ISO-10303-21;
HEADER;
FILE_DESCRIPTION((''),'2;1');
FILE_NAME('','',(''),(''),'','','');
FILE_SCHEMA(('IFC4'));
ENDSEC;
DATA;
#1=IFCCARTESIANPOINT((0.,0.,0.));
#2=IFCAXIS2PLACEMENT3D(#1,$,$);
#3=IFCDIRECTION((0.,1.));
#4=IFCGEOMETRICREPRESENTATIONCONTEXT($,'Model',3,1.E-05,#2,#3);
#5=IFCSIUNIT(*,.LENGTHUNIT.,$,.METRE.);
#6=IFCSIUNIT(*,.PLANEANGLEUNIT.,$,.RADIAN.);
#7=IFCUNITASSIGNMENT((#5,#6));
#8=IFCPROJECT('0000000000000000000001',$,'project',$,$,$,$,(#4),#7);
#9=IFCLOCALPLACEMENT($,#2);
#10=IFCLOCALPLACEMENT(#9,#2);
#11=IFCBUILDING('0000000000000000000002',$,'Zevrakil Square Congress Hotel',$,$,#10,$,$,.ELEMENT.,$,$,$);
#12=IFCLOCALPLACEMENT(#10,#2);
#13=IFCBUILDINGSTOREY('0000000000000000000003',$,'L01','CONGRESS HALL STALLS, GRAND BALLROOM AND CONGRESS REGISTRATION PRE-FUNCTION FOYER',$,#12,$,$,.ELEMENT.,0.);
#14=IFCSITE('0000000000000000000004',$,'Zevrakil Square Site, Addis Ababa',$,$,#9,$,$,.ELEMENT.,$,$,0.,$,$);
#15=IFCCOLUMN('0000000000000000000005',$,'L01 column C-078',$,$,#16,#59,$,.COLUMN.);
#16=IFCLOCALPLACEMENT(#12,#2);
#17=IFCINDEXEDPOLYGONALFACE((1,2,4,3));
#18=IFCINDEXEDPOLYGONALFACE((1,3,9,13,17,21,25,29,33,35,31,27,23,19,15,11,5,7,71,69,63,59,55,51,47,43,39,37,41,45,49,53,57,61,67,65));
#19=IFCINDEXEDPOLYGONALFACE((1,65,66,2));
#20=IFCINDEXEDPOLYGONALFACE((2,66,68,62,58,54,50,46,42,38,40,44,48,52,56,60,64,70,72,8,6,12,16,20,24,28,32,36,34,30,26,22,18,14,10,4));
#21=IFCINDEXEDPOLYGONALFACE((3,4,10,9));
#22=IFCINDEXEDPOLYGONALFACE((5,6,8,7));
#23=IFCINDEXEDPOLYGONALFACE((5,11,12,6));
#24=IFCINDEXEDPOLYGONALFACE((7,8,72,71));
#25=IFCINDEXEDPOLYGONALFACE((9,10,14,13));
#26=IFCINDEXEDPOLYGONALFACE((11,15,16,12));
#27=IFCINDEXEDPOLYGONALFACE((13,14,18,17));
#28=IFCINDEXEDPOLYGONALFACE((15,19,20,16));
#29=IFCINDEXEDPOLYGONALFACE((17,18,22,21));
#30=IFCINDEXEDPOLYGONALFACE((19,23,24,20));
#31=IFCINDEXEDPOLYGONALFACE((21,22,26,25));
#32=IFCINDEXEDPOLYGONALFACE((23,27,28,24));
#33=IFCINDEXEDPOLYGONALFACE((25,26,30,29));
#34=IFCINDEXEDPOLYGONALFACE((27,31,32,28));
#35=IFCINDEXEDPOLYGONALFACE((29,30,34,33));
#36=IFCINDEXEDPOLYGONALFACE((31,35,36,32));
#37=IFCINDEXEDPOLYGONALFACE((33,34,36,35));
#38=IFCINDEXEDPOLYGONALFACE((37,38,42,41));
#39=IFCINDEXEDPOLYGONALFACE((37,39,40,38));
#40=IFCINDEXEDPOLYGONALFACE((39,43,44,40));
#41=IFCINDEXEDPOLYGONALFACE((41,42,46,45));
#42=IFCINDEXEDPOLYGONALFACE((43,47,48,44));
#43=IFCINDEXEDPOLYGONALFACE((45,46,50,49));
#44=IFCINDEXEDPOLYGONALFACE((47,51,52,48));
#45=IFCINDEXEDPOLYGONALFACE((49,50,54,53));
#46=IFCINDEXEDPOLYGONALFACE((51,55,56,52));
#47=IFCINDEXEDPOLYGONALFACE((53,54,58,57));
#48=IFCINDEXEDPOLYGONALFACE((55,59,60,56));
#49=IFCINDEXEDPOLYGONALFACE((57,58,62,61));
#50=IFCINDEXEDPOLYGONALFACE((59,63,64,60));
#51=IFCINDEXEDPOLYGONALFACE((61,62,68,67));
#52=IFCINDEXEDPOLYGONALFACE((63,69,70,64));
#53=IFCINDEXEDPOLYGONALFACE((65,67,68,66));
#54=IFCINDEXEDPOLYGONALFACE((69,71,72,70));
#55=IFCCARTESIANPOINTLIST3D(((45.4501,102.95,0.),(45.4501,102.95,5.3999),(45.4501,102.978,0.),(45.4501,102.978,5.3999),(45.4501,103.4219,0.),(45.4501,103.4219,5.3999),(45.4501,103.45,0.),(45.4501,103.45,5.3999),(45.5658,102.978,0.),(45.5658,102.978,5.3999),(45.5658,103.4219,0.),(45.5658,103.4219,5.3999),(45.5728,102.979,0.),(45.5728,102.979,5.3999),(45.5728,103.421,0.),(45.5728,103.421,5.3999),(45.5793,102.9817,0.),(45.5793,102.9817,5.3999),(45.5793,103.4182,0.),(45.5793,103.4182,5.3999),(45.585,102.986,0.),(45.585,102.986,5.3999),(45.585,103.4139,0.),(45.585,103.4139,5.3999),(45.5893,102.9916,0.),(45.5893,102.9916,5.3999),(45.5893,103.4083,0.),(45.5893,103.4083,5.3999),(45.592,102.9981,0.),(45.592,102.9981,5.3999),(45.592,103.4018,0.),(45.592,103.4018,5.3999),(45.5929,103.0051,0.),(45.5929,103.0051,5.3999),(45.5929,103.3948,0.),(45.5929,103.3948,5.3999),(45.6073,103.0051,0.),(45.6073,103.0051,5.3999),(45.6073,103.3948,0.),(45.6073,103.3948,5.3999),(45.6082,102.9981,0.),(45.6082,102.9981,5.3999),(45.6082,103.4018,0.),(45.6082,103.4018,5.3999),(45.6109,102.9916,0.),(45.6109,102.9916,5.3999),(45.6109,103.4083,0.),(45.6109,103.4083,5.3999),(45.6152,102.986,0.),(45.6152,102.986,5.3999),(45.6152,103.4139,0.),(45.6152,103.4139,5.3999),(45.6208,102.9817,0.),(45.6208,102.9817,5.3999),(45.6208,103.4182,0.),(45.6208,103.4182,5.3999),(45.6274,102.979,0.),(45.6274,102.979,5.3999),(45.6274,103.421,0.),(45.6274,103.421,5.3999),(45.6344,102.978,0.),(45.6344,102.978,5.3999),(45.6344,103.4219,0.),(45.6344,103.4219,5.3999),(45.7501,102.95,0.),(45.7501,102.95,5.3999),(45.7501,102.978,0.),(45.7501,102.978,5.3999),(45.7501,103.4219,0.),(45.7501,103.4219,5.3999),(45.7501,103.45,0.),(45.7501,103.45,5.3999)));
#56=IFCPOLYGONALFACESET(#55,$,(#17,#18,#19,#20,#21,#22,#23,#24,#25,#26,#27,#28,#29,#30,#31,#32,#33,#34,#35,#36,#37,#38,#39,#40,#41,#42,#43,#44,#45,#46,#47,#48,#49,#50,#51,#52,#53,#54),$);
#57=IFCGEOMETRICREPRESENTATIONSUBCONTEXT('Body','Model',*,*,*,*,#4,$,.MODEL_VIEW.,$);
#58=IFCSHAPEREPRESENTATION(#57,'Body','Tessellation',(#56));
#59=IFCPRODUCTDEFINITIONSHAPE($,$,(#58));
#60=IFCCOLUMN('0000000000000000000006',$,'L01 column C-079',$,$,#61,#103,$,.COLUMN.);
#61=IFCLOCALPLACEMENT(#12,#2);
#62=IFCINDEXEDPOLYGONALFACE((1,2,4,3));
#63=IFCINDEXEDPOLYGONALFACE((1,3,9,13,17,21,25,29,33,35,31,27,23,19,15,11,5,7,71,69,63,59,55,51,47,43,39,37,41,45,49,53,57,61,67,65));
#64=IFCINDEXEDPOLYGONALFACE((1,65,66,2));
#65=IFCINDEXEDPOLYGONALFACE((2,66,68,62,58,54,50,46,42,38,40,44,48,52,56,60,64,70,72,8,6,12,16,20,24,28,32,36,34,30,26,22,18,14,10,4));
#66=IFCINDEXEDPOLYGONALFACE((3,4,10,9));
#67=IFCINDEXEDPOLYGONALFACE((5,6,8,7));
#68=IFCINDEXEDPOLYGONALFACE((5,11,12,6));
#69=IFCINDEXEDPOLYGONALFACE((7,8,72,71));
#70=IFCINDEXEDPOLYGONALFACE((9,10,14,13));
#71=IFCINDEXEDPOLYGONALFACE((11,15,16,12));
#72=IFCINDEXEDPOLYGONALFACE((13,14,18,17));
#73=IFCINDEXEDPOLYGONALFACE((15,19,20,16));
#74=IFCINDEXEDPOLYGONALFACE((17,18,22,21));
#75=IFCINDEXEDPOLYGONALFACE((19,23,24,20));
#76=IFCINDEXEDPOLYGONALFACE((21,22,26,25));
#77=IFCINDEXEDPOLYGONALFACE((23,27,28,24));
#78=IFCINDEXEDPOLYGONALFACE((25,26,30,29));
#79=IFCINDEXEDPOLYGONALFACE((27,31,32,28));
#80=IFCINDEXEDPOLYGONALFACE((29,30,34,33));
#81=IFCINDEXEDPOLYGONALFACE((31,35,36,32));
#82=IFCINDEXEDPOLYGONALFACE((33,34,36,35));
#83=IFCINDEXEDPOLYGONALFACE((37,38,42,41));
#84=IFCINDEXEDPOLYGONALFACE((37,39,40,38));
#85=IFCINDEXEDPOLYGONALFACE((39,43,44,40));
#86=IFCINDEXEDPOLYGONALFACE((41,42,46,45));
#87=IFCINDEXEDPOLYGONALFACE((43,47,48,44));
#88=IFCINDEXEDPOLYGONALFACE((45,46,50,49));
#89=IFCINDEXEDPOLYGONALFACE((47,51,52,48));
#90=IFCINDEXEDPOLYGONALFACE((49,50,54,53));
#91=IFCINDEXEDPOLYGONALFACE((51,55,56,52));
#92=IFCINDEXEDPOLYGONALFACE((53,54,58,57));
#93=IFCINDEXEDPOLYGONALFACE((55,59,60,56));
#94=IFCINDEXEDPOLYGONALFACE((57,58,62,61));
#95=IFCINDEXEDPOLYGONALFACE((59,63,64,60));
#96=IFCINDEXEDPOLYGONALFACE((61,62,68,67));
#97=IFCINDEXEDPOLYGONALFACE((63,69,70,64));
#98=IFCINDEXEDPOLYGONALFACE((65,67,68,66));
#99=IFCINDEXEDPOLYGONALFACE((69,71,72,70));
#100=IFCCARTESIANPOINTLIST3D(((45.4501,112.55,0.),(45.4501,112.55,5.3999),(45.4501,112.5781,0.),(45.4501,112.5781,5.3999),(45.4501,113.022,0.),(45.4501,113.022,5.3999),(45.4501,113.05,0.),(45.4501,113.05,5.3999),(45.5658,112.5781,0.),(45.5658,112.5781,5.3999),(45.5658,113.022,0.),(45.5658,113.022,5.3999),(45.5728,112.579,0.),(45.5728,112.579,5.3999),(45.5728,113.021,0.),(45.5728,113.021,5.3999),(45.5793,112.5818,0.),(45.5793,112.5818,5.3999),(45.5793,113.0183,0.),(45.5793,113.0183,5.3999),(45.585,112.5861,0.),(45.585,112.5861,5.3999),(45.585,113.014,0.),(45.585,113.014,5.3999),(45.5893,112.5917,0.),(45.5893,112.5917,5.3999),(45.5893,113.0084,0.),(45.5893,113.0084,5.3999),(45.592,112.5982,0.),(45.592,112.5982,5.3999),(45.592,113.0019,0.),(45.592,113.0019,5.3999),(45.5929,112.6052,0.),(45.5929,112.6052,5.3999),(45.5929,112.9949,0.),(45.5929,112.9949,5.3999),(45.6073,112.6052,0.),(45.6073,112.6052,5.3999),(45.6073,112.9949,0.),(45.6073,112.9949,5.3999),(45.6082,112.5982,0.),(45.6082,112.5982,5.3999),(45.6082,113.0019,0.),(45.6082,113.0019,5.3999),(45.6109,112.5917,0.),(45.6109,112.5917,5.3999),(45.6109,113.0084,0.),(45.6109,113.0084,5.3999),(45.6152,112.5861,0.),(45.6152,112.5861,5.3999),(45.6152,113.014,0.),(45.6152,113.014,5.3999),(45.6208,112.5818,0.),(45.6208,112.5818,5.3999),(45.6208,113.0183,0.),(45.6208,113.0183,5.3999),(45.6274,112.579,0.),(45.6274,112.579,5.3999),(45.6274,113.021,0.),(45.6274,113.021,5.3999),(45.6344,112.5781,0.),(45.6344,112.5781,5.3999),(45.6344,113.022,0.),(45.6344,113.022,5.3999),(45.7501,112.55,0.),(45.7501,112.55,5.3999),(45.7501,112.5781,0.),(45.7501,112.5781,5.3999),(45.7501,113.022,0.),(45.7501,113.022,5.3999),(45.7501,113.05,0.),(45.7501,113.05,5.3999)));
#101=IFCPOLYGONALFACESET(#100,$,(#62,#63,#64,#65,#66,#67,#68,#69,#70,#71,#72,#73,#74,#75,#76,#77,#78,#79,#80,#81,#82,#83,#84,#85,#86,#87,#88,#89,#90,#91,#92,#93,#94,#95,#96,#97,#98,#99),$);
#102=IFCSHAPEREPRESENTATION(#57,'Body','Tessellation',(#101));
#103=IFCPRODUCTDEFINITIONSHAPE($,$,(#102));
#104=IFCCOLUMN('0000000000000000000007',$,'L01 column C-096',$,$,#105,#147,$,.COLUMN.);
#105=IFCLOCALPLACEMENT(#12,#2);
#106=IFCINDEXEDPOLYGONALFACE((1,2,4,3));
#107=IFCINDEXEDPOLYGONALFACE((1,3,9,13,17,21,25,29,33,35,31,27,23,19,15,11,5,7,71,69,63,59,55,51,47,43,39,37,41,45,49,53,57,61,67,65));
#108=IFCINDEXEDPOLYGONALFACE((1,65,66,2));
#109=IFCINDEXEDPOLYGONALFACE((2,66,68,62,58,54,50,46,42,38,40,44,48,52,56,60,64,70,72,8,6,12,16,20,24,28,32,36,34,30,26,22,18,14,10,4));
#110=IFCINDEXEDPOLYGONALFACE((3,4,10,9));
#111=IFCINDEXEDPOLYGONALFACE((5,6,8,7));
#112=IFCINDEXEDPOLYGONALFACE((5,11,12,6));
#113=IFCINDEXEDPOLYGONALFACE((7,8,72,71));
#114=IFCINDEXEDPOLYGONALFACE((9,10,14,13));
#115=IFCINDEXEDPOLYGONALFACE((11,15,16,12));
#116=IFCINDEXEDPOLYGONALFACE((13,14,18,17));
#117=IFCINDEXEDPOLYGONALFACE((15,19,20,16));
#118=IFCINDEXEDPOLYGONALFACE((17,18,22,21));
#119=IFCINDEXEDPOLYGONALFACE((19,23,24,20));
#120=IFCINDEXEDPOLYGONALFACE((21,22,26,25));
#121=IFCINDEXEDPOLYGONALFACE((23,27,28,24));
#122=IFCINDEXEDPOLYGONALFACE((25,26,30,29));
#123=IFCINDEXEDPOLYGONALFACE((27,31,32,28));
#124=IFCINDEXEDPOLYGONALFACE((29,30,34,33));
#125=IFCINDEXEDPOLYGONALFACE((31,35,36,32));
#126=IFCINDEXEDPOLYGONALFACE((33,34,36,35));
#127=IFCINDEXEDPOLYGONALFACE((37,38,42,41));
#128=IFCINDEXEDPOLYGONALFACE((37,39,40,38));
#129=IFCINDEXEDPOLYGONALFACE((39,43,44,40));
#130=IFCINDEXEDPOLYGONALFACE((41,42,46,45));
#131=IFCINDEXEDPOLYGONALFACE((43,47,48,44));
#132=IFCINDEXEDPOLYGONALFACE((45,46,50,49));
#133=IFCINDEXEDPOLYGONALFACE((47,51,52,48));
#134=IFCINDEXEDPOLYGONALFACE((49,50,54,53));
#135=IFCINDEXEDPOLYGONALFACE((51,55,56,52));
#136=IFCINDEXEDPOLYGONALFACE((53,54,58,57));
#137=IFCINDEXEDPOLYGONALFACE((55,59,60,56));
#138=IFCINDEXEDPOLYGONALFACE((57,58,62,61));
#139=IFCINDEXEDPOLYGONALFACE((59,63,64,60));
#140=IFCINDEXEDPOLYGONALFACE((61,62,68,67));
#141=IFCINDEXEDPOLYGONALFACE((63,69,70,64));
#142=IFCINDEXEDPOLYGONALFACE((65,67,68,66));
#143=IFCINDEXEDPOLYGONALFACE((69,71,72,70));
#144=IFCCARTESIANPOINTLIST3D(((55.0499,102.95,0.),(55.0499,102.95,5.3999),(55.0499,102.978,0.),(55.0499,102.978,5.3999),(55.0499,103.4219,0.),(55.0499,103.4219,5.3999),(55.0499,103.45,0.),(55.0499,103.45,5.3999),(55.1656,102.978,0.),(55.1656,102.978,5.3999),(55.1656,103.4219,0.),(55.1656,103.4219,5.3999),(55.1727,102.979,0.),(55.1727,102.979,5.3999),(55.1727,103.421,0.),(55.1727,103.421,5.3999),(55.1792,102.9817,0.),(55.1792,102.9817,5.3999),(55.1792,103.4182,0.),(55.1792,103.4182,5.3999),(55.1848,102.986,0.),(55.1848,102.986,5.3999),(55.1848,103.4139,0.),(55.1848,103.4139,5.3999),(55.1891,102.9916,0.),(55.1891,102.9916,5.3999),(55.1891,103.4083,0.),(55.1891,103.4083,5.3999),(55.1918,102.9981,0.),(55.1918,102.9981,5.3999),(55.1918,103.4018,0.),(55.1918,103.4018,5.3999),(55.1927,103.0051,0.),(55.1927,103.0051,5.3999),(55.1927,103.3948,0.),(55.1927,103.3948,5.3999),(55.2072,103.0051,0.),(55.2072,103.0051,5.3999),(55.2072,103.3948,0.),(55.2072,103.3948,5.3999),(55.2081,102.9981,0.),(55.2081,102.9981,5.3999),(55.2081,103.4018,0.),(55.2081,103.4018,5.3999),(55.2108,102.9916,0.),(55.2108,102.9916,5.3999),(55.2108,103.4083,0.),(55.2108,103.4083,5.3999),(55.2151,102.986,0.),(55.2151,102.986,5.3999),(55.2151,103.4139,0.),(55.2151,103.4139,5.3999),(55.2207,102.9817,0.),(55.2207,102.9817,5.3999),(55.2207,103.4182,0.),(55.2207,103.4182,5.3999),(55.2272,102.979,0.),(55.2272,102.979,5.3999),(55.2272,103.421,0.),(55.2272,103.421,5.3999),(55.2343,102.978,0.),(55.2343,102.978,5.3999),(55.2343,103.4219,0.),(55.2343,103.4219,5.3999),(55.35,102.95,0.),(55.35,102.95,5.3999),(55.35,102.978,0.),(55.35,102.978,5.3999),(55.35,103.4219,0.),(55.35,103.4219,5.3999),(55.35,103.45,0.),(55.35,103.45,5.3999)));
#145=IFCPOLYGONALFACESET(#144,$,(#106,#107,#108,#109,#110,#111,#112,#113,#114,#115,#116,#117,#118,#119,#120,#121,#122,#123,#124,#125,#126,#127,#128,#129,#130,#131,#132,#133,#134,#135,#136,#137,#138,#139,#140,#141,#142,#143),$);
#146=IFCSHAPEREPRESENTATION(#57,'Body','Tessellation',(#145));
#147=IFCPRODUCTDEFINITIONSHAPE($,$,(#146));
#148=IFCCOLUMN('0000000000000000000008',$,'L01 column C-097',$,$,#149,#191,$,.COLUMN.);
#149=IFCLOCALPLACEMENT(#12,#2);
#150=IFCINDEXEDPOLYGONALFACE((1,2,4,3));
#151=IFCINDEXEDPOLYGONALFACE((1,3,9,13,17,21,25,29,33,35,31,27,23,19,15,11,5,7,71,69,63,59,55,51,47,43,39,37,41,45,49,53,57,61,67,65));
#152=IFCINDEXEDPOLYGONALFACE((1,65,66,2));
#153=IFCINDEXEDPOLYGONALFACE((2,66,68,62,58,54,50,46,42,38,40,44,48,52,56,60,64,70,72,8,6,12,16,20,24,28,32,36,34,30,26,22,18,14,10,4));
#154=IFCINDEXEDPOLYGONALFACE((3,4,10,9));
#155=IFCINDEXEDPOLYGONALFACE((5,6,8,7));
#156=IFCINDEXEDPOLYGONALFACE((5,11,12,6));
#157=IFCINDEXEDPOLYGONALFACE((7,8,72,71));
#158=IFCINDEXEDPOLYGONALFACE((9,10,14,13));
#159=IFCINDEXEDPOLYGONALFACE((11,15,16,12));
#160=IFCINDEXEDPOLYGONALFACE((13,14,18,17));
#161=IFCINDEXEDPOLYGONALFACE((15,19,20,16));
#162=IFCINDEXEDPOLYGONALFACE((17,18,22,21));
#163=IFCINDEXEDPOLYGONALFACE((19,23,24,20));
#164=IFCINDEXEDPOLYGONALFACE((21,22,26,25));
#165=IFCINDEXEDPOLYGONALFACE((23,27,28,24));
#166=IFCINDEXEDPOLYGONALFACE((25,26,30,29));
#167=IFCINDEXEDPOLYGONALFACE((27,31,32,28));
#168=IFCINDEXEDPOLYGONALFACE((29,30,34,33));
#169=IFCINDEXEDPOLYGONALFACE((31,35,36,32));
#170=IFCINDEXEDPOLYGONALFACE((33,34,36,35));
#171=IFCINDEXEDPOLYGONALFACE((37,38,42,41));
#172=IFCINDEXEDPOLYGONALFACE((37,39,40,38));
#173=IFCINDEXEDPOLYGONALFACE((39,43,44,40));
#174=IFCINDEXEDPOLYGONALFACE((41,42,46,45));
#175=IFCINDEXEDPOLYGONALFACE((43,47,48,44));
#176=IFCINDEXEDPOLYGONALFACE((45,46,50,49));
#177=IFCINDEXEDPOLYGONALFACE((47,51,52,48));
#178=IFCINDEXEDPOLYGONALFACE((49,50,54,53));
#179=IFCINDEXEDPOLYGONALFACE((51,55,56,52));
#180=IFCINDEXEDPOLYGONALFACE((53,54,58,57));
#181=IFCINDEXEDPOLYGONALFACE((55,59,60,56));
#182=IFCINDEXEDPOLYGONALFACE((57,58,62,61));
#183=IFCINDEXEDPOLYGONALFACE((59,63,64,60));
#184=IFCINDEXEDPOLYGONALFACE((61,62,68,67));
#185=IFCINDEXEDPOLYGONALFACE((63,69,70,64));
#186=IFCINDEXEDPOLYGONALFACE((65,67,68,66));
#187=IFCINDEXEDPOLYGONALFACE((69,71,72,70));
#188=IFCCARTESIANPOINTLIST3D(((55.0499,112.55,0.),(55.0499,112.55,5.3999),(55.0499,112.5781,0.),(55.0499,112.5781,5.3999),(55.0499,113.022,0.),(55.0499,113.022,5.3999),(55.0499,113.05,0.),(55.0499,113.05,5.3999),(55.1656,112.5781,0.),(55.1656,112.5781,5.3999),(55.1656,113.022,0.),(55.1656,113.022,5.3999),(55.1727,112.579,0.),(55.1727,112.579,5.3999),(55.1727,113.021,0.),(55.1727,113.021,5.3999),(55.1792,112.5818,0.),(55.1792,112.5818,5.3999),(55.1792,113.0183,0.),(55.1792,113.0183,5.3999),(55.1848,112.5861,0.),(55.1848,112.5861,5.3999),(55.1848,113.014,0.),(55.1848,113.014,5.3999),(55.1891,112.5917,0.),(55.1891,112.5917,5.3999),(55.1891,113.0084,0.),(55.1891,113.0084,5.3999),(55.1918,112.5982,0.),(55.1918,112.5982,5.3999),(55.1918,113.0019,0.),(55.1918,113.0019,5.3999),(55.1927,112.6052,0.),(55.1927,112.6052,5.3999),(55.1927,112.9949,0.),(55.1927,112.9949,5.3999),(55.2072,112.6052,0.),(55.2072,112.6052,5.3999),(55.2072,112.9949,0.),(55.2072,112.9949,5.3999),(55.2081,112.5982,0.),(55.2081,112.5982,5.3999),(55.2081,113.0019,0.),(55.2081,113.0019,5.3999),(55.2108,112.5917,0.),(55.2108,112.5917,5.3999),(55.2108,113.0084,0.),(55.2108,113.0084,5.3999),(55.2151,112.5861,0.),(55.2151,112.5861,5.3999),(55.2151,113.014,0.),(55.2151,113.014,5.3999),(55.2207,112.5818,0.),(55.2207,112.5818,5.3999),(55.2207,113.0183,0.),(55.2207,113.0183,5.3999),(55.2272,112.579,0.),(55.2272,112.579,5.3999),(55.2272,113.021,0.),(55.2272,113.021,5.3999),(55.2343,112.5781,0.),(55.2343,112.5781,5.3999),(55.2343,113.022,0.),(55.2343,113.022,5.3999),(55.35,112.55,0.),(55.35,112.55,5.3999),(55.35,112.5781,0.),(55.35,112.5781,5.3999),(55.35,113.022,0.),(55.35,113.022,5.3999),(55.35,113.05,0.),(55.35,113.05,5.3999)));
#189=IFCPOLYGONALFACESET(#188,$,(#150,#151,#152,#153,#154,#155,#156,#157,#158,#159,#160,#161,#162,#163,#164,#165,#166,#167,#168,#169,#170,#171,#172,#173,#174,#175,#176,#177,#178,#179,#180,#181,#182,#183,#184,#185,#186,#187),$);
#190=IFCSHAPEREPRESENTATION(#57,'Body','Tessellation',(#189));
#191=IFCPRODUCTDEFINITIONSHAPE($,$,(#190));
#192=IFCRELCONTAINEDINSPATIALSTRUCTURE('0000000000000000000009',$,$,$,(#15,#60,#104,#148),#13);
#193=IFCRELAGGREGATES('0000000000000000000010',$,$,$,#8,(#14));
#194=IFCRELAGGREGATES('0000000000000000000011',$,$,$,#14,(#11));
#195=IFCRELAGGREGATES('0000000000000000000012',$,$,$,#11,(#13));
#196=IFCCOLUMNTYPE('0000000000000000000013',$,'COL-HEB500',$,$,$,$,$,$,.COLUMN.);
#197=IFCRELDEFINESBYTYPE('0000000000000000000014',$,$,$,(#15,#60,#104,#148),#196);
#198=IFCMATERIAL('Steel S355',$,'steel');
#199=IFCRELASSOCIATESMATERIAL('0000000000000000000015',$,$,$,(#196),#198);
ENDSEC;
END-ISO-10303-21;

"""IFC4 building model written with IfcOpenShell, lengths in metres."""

from ifc_helpers import new_model, si_unit, direction, frame, origin, origin_2d, place, context, subcontext, project, spatial, i_section, extrude, material, material_profile, profile_set, type_object, element, save


model = new_model("IFC4")

# Units and contexts
model_context = context("Model", 3, precision=1e-05, world=origin(), true_north=direction((0.0, 1.0)))
body_context = subcontext(model_context, "Body", "Model", "MODEL_VIEW")
ifc_project = project(units=[si_unit("LENGTHUNIT", "METRE"), si_unit("PLANEANGLEUNIT", "RADIAN")], contexts=[model_context])

# Site, building, storey
site_placement = place(None, origin())
site = spatial("IfcSite", under=ifc_project, at=site_placement, Name="Zevrakil Square Site, Addis Ababa", CompositionType="ELEMENT", RefElevation=0.0)
building_placement = place(site_placement, origin())
building = spatial("IfcBuilding", under=site, at=building_placement, Name="Zevrakil Square Congress Hotel", CompositionType="ELEMENT")
storey_placement = place(building_placement, origin())
storey = spatial("IfcBuildingStorey", under=building, at=storey_placement, Name="L01", Description="CONGRESS HALL STALLS, GRAND BALLROOM AND CONGRESS REGISTRATION PRE-FUNCTION FOYER", CompositionType="ELEMENT", Elevation=0.0)

# Columns
ifc_material_1 = material(Name="Steel S355", Category="steel")
ifc_material_profile_1 = material_profile(ifc_material_1, i_section(OverallWidth=0.3, OverallDepth=0.5, WebThickness=0.0144, FlangeThickness=0.0281, FilletRadius=0.0271, at=origin_2d()), Name="HEB 500")
ifc_profile_set_1 = profile_set([ifc_material_profile_1], Name="Steel S355")
column_type = type_object("IfcColumnType", Name="COL-HEB500", PredefinedType="COLUMN", material=ifc_profile_set_1)
for number, where, z_axis, x_axis, name in (
    (1, (45.6001, 103.2, 0.0), (0.0, 0.0, 1.0), (1.0, 0.0, 0.0), "L01 column C-078"),
    (2, (45.6001, 112.8, 0.0), (0.0, 0.0, 1.0), (1.0, 0.0, 0.0), "L01 column C-079"),
    (3, (55.2, 103.2, 0.0), (0.0, 0.0, 1.0), (1.0, 0.0, 0.0), "L01 column C-096"),
    (4, (55.2, 112.8, 0.0), (0.0, 0.0, 1.0), (1.0, 0.0, 0.0), "L01 column C-097"),
):
    element("IfcColumn", number, at=place(storey_placement, frame(where, z_axis=z_axis, x_axis=x_axis)), inside=storey, type_object=column_type, Name=name, PredefinedType="COLUMN", context=body_context, shape_type="SweptSolid", body=[
        extrude(i_section(OverallWidth=0.3, OverallDepth=0.5, WebThickness=0.0144, FlangeThickness=0.0281, FilletRadius=0.0271, at=origin_2d()), origin(), (0.0, 0.0, 1.0), 5.3999),
    ])

save(model, "model.ifc")
